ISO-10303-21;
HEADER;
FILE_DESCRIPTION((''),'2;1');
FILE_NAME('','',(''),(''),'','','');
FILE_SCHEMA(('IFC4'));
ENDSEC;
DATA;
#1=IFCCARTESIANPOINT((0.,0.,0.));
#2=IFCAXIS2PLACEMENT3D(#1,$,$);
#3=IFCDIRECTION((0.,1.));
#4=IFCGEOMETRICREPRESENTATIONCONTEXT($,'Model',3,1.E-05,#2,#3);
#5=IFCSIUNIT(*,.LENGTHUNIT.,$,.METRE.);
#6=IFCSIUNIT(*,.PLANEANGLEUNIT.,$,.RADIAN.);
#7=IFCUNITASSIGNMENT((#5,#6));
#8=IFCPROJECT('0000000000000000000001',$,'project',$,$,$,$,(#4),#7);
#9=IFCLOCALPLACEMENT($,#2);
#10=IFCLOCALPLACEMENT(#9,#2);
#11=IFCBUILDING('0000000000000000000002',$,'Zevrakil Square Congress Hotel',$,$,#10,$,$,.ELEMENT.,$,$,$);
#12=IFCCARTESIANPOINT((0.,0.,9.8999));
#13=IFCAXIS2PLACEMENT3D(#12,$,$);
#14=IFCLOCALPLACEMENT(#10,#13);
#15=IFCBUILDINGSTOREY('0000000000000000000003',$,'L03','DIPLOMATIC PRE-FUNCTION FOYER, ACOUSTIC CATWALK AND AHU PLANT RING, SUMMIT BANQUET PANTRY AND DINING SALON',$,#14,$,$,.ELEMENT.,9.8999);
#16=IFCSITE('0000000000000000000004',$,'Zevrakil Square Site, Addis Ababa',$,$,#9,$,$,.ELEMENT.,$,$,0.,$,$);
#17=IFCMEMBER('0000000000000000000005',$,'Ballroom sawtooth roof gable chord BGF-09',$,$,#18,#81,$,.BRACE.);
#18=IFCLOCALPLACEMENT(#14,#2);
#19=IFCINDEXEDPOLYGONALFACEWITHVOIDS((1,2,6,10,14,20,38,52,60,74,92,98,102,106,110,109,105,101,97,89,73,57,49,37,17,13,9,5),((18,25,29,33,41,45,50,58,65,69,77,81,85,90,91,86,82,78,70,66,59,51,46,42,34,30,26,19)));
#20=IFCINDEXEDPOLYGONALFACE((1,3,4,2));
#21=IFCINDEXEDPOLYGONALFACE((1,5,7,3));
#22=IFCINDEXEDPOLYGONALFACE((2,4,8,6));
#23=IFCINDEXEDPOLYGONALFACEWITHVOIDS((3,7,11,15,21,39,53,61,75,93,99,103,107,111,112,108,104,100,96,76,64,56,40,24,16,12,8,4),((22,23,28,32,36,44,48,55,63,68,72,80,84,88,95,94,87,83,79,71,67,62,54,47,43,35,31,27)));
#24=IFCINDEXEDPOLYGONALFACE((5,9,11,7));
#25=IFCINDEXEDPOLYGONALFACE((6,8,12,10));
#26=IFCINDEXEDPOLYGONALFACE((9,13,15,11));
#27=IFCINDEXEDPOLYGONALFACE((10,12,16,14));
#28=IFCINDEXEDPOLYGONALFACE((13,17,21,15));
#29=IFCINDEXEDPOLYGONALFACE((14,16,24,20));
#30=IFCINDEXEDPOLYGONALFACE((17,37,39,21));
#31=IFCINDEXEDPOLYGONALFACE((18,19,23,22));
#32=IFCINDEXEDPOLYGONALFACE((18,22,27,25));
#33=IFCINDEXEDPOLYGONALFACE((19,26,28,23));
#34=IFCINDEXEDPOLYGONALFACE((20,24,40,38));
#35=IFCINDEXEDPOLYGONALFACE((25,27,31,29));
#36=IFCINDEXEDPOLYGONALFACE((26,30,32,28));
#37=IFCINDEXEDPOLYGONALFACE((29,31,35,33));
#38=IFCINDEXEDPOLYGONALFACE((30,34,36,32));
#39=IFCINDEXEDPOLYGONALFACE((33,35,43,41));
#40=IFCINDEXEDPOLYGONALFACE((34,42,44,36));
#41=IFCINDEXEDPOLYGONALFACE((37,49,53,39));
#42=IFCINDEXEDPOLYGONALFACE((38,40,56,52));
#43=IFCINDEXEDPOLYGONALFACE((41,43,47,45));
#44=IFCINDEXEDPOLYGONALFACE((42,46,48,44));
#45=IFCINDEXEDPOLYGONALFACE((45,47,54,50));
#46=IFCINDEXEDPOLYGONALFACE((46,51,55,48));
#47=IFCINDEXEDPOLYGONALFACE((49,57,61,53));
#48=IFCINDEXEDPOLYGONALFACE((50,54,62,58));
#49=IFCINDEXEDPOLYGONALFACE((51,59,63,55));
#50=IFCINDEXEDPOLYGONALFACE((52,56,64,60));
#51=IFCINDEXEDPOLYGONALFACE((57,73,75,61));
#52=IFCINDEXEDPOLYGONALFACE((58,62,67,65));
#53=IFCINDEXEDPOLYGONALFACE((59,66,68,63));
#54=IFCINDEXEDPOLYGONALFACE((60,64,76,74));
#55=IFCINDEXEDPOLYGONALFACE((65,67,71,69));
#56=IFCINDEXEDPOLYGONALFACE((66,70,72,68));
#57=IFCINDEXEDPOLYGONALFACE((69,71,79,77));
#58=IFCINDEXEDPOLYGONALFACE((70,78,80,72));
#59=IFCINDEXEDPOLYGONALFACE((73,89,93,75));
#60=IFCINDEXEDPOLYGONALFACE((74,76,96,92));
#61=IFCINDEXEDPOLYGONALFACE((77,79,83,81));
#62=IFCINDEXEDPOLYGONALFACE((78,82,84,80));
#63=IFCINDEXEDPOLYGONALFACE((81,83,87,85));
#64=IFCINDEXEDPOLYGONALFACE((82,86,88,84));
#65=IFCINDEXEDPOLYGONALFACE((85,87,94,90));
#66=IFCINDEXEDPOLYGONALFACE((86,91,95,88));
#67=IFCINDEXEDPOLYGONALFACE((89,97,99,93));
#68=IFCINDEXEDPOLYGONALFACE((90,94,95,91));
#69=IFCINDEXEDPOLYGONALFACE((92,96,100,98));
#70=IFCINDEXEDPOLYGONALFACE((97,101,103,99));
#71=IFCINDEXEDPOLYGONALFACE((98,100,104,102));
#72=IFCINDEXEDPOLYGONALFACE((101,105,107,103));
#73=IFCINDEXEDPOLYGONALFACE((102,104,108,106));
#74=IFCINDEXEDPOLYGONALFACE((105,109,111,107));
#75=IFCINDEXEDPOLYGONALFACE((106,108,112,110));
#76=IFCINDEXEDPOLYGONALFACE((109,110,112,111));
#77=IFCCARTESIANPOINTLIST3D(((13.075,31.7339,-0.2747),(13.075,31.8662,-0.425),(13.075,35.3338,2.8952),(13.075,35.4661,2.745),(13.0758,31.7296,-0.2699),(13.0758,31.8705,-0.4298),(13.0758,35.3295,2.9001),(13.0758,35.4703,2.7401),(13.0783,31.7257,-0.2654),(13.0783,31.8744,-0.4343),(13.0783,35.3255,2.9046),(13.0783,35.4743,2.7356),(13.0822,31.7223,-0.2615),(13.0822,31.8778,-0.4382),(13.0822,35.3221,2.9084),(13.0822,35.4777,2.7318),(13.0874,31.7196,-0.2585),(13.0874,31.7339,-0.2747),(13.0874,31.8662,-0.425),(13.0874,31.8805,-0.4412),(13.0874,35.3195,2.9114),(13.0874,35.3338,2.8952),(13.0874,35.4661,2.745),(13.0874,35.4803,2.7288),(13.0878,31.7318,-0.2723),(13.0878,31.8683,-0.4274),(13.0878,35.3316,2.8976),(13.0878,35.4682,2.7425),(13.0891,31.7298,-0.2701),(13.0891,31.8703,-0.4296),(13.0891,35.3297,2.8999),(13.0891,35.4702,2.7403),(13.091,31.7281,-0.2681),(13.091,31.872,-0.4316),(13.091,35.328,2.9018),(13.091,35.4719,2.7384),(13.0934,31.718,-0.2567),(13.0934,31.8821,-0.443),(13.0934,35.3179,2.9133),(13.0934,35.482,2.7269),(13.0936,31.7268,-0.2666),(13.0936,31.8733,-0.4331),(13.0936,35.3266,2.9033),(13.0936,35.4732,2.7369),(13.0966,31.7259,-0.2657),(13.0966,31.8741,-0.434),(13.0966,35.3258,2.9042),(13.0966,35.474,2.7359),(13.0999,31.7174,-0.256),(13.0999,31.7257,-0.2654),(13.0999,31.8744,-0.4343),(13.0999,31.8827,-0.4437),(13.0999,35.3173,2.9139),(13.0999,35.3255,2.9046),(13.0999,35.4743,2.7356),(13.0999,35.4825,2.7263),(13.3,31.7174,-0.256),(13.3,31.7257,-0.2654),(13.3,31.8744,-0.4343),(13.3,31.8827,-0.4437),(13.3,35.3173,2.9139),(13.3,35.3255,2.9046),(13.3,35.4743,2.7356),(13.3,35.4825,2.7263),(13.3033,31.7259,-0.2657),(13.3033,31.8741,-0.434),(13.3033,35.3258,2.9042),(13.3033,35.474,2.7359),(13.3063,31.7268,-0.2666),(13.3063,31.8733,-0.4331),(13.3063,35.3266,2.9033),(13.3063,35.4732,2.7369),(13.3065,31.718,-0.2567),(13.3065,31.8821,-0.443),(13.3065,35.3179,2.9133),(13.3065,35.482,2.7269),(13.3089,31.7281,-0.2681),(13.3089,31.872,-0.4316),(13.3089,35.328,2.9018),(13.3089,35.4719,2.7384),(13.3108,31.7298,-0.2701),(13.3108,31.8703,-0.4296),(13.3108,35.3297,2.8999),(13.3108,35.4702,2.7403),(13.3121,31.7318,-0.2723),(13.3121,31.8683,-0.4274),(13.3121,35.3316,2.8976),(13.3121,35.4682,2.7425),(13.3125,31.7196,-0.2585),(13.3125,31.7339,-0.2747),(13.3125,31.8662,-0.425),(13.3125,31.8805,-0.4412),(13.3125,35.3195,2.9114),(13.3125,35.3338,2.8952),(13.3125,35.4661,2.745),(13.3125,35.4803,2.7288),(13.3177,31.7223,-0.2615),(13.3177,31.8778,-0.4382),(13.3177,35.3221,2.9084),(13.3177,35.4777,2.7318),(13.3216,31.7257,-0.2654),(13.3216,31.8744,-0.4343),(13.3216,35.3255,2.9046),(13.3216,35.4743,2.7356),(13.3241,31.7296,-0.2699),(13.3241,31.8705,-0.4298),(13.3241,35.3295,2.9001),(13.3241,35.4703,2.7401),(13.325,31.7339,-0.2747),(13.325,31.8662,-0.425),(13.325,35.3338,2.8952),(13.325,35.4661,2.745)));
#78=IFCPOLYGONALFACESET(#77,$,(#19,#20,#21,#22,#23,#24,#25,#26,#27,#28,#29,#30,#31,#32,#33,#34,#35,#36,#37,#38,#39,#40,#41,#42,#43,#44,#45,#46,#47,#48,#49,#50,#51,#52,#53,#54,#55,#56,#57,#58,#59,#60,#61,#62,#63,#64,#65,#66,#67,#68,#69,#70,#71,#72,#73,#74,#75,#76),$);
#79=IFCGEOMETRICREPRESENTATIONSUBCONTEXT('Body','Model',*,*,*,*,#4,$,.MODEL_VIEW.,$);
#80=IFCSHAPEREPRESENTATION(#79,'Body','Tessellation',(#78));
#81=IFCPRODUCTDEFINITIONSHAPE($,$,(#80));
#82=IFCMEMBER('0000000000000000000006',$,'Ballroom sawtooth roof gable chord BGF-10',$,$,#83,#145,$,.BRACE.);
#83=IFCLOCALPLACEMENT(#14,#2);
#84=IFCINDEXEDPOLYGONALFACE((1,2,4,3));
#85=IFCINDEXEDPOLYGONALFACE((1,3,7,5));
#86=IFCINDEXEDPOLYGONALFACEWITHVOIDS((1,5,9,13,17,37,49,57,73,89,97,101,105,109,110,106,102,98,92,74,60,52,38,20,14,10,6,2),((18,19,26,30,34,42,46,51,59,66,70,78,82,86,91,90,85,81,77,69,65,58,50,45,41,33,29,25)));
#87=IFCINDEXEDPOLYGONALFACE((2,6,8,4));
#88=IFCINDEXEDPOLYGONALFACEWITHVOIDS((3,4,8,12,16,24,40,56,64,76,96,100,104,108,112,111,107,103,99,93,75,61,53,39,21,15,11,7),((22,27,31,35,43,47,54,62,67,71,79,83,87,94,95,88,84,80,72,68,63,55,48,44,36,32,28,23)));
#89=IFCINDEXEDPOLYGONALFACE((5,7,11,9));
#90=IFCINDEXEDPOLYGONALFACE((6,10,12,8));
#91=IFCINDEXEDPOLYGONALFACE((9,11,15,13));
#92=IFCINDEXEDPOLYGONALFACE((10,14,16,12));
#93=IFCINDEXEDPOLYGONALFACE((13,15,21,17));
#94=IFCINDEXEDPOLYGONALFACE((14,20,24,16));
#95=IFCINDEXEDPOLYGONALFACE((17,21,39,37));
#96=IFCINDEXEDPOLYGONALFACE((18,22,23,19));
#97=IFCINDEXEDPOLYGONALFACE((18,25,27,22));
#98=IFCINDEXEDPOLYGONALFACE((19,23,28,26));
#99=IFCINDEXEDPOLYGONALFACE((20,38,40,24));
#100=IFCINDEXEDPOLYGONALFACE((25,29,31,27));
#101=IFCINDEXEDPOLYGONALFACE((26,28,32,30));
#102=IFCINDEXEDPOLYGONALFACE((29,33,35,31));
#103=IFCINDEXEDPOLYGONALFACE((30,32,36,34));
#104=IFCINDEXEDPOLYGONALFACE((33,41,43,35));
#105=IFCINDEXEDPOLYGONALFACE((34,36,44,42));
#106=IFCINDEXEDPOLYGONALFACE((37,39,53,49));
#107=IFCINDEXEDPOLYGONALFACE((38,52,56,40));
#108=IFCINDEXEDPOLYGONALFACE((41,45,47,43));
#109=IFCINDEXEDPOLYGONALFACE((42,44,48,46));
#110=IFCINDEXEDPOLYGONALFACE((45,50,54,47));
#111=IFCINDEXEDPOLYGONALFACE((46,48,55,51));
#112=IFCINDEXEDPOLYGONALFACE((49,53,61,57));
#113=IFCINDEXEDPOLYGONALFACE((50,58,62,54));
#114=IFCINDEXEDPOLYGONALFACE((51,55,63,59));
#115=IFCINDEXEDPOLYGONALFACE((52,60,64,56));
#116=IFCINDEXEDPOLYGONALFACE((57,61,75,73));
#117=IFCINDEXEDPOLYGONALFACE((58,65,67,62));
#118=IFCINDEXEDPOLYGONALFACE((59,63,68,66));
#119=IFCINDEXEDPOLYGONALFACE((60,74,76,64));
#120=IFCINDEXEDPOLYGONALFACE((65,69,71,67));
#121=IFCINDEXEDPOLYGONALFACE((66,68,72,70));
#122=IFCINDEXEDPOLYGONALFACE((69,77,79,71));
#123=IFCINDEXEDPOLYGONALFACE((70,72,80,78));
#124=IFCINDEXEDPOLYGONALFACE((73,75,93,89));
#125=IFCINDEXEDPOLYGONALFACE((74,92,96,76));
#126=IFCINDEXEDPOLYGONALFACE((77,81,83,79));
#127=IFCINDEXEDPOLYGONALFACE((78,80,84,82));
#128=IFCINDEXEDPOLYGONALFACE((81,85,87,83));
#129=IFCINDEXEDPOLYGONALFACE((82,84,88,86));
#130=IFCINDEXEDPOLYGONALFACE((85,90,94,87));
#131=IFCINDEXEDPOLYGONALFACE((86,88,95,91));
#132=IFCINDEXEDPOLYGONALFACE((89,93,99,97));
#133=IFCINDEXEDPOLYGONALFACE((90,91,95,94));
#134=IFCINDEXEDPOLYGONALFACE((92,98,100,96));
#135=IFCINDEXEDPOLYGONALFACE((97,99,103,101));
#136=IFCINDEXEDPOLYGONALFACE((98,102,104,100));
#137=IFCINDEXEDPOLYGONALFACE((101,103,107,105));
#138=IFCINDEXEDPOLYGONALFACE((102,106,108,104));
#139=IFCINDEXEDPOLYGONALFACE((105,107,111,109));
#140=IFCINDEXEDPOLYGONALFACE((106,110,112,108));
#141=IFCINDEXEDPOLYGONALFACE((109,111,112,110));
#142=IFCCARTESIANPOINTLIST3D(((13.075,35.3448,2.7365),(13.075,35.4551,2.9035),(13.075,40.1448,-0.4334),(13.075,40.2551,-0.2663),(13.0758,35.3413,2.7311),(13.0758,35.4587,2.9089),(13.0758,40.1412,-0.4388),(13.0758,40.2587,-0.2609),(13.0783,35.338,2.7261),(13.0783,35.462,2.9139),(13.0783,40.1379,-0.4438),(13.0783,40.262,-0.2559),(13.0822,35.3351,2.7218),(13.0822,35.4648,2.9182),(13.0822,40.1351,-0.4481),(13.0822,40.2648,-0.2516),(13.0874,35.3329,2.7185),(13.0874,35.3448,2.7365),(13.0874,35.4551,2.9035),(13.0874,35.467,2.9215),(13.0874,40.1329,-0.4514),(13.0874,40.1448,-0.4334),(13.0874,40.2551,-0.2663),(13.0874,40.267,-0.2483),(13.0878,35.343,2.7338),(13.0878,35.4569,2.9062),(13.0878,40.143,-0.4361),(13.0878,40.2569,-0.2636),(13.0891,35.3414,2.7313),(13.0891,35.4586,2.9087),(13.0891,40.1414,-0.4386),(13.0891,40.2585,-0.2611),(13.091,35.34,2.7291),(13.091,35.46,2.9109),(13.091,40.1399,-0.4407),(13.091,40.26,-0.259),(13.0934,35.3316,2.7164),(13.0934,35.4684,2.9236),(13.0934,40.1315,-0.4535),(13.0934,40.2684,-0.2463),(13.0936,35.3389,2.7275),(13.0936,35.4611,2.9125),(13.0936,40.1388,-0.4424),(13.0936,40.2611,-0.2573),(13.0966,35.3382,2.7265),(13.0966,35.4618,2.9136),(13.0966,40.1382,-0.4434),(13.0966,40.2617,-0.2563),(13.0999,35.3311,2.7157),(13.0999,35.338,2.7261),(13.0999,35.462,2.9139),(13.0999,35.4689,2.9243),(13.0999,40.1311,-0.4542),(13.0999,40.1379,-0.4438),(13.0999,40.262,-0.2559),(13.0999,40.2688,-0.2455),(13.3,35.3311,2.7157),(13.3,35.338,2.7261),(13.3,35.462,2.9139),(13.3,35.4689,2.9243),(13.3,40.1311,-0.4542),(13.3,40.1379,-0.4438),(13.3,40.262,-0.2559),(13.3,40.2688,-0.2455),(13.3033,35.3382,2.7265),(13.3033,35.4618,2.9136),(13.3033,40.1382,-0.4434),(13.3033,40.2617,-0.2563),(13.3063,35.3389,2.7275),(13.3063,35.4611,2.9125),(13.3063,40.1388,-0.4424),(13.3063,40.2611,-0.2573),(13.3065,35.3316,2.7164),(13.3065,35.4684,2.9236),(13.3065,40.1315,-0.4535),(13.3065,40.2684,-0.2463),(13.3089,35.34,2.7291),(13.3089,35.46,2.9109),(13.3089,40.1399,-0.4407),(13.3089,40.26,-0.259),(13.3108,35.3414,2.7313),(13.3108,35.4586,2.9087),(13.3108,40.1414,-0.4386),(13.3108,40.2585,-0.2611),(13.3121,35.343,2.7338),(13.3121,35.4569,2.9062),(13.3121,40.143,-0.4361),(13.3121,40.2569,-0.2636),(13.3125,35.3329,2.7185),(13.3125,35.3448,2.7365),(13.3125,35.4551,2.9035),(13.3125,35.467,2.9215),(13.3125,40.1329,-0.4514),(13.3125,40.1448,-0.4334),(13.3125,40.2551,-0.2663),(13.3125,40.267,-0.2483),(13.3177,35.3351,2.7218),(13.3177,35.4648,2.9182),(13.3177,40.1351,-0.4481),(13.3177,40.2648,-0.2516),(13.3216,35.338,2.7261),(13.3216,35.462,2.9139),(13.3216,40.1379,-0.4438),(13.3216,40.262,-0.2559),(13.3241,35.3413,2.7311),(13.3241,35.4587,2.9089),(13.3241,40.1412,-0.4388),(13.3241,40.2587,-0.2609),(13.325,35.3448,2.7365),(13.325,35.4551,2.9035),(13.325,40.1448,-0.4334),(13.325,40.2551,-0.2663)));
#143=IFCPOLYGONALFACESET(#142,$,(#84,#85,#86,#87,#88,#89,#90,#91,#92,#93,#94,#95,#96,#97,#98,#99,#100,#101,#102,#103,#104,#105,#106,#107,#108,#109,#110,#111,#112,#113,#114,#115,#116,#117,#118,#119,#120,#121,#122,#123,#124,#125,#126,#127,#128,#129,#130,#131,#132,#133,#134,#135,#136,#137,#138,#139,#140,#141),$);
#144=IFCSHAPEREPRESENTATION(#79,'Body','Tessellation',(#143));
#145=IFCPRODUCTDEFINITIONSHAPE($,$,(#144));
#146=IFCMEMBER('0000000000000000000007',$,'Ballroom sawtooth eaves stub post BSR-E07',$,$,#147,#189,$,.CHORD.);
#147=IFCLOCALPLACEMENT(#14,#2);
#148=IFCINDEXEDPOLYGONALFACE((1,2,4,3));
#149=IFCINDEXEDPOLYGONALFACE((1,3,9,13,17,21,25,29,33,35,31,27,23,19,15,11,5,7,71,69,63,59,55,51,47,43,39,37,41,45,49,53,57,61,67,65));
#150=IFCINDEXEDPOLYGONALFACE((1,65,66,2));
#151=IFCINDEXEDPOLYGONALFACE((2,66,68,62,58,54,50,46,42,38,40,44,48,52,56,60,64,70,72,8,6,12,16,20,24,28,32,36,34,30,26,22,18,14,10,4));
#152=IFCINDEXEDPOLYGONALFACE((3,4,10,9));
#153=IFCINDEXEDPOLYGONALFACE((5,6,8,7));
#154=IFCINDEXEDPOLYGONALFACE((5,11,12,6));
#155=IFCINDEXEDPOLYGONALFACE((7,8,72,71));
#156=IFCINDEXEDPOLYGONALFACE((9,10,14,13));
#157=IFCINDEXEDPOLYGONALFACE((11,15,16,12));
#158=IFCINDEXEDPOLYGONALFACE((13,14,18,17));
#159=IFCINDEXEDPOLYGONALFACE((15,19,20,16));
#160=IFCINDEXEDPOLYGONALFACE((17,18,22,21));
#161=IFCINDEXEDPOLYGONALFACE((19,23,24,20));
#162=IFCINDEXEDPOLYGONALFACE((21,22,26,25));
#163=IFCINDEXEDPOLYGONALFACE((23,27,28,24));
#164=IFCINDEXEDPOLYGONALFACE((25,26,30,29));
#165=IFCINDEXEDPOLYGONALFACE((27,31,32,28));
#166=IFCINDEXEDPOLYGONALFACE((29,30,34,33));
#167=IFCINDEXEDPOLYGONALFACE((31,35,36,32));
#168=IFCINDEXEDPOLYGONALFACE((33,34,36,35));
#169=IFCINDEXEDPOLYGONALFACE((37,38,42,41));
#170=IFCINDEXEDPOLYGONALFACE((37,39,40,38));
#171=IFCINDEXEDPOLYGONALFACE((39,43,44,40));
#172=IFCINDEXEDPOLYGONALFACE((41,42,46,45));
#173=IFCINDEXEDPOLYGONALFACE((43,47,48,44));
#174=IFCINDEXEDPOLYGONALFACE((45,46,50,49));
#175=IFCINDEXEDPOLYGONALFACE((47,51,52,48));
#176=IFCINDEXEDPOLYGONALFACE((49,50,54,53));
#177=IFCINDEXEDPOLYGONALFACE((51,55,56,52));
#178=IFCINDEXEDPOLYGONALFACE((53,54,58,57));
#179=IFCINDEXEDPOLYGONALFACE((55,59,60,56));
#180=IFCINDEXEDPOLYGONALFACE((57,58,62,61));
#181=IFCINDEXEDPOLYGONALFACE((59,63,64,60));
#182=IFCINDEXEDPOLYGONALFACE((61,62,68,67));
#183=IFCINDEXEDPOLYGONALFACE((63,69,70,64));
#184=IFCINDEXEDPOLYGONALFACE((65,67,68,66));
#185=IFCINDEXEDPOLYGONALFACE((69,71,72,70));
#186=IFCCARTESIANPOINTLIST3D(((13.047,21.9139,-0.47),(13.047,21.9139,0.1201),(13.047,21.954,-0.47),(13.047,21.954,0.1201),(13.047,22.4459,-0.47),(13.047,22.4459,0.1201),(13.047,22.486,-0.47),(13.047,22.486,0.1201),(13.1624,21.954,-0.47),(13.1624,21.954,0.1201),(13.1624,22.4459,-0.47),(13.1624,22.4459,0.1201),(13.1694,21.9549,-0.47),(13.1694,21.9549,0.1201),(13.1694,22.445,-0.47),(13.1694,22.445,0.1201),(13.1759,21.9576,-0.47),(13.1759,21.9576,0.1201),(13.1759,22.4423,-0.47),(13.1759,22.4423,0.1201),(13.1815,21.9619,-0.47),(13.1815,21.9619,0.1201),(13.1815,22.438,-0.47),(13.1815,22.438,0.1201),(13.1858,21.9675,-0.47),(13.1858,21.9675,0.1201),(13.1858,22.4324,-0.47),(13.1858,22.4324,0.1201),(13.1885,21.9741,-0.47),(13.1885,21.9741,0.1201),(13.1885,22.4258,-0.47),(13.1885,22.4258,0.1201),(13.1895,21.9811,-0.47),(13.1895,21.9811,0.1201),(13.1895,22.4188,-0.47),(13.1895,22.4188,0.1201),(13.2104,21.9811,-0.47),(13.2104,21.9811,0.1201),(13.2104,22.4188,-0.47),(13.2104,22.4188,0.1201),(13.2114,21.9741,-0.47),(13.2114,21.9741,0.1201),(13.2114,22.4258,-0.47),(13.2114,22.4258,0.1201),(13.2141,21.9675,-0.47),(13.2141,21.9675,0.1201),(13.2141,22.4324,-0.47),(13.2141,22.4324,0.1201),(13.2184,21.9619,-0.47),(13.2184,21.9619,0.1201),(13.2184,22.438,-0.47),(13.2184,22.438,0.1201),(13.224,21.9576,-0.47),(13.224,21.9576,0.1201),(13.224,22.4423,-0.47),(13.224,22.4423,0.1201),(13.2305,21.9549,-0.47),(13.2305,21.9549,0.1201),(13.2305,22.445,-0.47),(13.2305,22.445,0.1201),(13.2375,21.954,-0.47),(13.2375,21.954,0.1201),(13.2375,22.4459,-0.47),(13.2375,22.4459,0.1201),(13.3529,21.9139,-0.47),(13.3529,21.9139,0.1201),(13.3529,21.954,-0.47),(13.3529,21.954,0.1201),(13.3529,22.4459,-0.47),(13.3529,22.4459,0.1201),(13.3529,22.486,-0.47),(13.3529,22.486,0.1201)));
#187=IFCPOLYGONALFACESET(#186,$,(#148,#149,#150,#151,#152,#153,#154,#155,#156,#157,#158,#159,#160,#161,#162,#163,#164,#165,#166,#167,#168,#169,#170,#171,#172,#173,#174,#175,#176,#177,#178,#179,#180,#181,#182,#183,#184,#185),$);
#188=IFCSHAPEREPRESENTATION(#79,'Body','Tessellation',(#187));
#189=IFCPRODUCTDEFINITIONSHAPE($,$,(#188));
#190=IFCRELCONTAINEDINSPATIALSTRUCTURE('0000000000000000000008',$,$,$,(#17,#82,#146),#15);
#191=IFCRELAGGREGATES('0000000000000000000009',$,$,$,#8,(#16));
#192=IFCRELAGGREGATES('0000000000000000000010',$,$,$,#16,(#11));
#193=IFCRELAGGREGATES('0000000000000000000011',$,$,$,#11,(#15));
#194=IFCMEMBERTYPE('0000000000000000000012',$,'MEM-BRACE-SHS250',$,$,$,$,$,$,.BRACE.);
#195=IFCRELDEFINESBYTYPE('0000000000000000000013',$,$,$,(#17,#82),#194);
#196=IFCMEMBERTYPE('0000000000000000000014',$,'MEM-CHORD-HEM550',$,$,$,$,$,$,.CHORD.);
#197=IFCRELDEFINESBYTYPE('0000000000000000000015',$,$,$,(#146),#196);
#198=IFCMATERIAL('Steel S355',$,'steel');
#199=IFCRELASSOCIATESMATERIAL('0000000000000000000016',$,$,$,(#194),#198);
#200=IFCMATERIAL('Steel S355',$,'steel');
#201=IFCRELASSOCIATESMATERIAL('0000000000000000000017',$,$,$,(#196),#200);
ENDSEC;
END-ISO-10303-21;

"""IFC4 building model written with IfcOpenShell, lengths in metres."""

from ifc_helpers import new_model, si_unit, direction, frame, origin, origin_2d, place, context, subcontext, project, spatial, hollow_rectangle, i_section, extrude, material, material_profile, profile_set, type_object, element, save


model = new_model("IFC4")

# Units and contexts
model_context = context("Model", 3, precision=1e-05, world=origin(), true_north=direction((0.0, 1.0)))
body_context = subcontext(model_context, "Body", "Model", "MODEL_VIEW")
ifc_project = project(units=[si_unit("LENGTHUNIT", "METRE"), si_unit("PLANEANGLEUNIT", "RADIAN")], contexts=[model_context])

# Site, building, storey
site_placement = place(None, origin())
site = spatial("IfcSite", under=ifc_project, at=site_placement, Name="Zevrakil Square Site, Addis Ababa", CompositionType="ELEMENT", RefElevation=0.0)
building_placement = place(site_placement, origin())
building = spatial("IfcBuilding", under=site, at=building_placement, Name="Zevrakil Square Congress Hotel", CompositionType="ELEMENT")
storey_placement = place(building_placement, frame((0.0, 0.0, 9.8999)))
storey = spatial("IfcBuildingStorey", under=building, at=storey_placement, Name="L03", Description="DIPLOMATIC PRE-FUNCTION FOYER, ACOUSTIC CATWALK AND AHU PLANT RING, SUMMIT BANQUET PANTRY AND DINING SALON", CompositionType="ELEMENT", Elevation=9.8999)

# Members
ifc_material_1 = material(Name="Steel S355", Category="steel")
ifc_material_profile_1 = material_profile(ifc_material_1, hollow_rectangle(XDim=0.25, YDim=0.25, WallThickness=0.0125, InnerFilletRadius=0.0125, OuterFilletRadius=0.0249, at=origin_2d()), Name="SHS 250x250x12.5")
ifc_profile_set_1 = profile_set([ifc_material_profile_1], Name="Steel S355")
member_type_1 = type_object("IfcMemberType", Name="MEM-BRACE-SHS250", PredefinedType="BRACE", material=ifc_profile_set_1)
member_1_placement = place(storey_placement, frame((13.2, 31.8, -0.3499), z_axis=(0.0, 0.750501, 0.660869), x_axis=(-1.0, 0.0, 0.0)))
element("IfcMember", 1, at=member_1_placement, inside=storey, type_object=member_type_1, Name="Ballroom sawtooth roof gable chord BGF-09", PredefinedType="BRACE", context=body_context, shape_type="SweptSolid", body=[
    extrude(hollow_rectangle(XDim=0.25, YDim=0.25, WallThickness=0.0125, InnerFilletRadius=0.0125, OuterFilletRadius=0.0249, at=origin_2d()), origin(), (0.0, 0.0, 1.0), 4.7966),
])
member_2_placement = place(storey_placement, frame((13.2, 40.2, -0.3499), z_axis=(0.0, -0.834458, 0.551071), x_axis=(1.0, 0.0, 0.0)))
element("IfcMember", 2, at=member_2_placement, inside=storey, type_object=member_type_1, Name="Ballroom sawtooth roof gable chord BGF-10", PredefinedType="BRACE", context=body_context, shape_type="SweptSolid", body=[
    extrude(hollow_rectangle(XDim=0.25, YDim=0.25, WallThickness=0.0125, InnerFilletRadius=0.0125, OuterFilletRadius=0.0249, at=origin_2d()), origin(), (0.0, 0.0, 1.0), 5.7522),
])
ifc_material_2 = material(Name="Steel S355", Category="steel")
ifc_material_profile_2 = material_profile(ifc_material_2, i_section(OverallWidth=0.3059, OverallDepth=0.572, WebThickness=0.021, FlangeThickness=0.04, FilletRadius=0.0271, at=origin_2d()), Name="HEM 550")
ifc_profile_set_2 = profile_set([ifc_material_profile_2], Name="Steel S355")
member_type_2 = type_object("IfcMemberType", Name="MEM-CHORD-HEM550", PredefinedType="CHORD", material=ifc_profile_set_2)
for number, where, z_axis, x_axis, name in (
    (3, (13.2, 22.2, -0.47), (0.0, 0.0, 1.0), (1.0, 0.0, 0.0), "Ballroom sawtooth eaves stub post BSR-E07"),
):
    element("IfcMember", number, at=place(storey_placement, frame(where, z_axis=z_axis, x_axis=x_axis)), inside=storey, type_object=member_type_2, Name=name, PredefinedType="CHORD", context=body_context, shape_type="SweptSolid", body=[
        extrude(i_section(OverallWidth=0.3059, OverallDepth=0.572, WebThickness=0.021, FlangeThickness=0.04, FilletRadius=0.0271, at=origin_2d()), origin(), (0.0, 0.0, 1.0), 0.5901),
    ])

save(model, "model.ifc")
